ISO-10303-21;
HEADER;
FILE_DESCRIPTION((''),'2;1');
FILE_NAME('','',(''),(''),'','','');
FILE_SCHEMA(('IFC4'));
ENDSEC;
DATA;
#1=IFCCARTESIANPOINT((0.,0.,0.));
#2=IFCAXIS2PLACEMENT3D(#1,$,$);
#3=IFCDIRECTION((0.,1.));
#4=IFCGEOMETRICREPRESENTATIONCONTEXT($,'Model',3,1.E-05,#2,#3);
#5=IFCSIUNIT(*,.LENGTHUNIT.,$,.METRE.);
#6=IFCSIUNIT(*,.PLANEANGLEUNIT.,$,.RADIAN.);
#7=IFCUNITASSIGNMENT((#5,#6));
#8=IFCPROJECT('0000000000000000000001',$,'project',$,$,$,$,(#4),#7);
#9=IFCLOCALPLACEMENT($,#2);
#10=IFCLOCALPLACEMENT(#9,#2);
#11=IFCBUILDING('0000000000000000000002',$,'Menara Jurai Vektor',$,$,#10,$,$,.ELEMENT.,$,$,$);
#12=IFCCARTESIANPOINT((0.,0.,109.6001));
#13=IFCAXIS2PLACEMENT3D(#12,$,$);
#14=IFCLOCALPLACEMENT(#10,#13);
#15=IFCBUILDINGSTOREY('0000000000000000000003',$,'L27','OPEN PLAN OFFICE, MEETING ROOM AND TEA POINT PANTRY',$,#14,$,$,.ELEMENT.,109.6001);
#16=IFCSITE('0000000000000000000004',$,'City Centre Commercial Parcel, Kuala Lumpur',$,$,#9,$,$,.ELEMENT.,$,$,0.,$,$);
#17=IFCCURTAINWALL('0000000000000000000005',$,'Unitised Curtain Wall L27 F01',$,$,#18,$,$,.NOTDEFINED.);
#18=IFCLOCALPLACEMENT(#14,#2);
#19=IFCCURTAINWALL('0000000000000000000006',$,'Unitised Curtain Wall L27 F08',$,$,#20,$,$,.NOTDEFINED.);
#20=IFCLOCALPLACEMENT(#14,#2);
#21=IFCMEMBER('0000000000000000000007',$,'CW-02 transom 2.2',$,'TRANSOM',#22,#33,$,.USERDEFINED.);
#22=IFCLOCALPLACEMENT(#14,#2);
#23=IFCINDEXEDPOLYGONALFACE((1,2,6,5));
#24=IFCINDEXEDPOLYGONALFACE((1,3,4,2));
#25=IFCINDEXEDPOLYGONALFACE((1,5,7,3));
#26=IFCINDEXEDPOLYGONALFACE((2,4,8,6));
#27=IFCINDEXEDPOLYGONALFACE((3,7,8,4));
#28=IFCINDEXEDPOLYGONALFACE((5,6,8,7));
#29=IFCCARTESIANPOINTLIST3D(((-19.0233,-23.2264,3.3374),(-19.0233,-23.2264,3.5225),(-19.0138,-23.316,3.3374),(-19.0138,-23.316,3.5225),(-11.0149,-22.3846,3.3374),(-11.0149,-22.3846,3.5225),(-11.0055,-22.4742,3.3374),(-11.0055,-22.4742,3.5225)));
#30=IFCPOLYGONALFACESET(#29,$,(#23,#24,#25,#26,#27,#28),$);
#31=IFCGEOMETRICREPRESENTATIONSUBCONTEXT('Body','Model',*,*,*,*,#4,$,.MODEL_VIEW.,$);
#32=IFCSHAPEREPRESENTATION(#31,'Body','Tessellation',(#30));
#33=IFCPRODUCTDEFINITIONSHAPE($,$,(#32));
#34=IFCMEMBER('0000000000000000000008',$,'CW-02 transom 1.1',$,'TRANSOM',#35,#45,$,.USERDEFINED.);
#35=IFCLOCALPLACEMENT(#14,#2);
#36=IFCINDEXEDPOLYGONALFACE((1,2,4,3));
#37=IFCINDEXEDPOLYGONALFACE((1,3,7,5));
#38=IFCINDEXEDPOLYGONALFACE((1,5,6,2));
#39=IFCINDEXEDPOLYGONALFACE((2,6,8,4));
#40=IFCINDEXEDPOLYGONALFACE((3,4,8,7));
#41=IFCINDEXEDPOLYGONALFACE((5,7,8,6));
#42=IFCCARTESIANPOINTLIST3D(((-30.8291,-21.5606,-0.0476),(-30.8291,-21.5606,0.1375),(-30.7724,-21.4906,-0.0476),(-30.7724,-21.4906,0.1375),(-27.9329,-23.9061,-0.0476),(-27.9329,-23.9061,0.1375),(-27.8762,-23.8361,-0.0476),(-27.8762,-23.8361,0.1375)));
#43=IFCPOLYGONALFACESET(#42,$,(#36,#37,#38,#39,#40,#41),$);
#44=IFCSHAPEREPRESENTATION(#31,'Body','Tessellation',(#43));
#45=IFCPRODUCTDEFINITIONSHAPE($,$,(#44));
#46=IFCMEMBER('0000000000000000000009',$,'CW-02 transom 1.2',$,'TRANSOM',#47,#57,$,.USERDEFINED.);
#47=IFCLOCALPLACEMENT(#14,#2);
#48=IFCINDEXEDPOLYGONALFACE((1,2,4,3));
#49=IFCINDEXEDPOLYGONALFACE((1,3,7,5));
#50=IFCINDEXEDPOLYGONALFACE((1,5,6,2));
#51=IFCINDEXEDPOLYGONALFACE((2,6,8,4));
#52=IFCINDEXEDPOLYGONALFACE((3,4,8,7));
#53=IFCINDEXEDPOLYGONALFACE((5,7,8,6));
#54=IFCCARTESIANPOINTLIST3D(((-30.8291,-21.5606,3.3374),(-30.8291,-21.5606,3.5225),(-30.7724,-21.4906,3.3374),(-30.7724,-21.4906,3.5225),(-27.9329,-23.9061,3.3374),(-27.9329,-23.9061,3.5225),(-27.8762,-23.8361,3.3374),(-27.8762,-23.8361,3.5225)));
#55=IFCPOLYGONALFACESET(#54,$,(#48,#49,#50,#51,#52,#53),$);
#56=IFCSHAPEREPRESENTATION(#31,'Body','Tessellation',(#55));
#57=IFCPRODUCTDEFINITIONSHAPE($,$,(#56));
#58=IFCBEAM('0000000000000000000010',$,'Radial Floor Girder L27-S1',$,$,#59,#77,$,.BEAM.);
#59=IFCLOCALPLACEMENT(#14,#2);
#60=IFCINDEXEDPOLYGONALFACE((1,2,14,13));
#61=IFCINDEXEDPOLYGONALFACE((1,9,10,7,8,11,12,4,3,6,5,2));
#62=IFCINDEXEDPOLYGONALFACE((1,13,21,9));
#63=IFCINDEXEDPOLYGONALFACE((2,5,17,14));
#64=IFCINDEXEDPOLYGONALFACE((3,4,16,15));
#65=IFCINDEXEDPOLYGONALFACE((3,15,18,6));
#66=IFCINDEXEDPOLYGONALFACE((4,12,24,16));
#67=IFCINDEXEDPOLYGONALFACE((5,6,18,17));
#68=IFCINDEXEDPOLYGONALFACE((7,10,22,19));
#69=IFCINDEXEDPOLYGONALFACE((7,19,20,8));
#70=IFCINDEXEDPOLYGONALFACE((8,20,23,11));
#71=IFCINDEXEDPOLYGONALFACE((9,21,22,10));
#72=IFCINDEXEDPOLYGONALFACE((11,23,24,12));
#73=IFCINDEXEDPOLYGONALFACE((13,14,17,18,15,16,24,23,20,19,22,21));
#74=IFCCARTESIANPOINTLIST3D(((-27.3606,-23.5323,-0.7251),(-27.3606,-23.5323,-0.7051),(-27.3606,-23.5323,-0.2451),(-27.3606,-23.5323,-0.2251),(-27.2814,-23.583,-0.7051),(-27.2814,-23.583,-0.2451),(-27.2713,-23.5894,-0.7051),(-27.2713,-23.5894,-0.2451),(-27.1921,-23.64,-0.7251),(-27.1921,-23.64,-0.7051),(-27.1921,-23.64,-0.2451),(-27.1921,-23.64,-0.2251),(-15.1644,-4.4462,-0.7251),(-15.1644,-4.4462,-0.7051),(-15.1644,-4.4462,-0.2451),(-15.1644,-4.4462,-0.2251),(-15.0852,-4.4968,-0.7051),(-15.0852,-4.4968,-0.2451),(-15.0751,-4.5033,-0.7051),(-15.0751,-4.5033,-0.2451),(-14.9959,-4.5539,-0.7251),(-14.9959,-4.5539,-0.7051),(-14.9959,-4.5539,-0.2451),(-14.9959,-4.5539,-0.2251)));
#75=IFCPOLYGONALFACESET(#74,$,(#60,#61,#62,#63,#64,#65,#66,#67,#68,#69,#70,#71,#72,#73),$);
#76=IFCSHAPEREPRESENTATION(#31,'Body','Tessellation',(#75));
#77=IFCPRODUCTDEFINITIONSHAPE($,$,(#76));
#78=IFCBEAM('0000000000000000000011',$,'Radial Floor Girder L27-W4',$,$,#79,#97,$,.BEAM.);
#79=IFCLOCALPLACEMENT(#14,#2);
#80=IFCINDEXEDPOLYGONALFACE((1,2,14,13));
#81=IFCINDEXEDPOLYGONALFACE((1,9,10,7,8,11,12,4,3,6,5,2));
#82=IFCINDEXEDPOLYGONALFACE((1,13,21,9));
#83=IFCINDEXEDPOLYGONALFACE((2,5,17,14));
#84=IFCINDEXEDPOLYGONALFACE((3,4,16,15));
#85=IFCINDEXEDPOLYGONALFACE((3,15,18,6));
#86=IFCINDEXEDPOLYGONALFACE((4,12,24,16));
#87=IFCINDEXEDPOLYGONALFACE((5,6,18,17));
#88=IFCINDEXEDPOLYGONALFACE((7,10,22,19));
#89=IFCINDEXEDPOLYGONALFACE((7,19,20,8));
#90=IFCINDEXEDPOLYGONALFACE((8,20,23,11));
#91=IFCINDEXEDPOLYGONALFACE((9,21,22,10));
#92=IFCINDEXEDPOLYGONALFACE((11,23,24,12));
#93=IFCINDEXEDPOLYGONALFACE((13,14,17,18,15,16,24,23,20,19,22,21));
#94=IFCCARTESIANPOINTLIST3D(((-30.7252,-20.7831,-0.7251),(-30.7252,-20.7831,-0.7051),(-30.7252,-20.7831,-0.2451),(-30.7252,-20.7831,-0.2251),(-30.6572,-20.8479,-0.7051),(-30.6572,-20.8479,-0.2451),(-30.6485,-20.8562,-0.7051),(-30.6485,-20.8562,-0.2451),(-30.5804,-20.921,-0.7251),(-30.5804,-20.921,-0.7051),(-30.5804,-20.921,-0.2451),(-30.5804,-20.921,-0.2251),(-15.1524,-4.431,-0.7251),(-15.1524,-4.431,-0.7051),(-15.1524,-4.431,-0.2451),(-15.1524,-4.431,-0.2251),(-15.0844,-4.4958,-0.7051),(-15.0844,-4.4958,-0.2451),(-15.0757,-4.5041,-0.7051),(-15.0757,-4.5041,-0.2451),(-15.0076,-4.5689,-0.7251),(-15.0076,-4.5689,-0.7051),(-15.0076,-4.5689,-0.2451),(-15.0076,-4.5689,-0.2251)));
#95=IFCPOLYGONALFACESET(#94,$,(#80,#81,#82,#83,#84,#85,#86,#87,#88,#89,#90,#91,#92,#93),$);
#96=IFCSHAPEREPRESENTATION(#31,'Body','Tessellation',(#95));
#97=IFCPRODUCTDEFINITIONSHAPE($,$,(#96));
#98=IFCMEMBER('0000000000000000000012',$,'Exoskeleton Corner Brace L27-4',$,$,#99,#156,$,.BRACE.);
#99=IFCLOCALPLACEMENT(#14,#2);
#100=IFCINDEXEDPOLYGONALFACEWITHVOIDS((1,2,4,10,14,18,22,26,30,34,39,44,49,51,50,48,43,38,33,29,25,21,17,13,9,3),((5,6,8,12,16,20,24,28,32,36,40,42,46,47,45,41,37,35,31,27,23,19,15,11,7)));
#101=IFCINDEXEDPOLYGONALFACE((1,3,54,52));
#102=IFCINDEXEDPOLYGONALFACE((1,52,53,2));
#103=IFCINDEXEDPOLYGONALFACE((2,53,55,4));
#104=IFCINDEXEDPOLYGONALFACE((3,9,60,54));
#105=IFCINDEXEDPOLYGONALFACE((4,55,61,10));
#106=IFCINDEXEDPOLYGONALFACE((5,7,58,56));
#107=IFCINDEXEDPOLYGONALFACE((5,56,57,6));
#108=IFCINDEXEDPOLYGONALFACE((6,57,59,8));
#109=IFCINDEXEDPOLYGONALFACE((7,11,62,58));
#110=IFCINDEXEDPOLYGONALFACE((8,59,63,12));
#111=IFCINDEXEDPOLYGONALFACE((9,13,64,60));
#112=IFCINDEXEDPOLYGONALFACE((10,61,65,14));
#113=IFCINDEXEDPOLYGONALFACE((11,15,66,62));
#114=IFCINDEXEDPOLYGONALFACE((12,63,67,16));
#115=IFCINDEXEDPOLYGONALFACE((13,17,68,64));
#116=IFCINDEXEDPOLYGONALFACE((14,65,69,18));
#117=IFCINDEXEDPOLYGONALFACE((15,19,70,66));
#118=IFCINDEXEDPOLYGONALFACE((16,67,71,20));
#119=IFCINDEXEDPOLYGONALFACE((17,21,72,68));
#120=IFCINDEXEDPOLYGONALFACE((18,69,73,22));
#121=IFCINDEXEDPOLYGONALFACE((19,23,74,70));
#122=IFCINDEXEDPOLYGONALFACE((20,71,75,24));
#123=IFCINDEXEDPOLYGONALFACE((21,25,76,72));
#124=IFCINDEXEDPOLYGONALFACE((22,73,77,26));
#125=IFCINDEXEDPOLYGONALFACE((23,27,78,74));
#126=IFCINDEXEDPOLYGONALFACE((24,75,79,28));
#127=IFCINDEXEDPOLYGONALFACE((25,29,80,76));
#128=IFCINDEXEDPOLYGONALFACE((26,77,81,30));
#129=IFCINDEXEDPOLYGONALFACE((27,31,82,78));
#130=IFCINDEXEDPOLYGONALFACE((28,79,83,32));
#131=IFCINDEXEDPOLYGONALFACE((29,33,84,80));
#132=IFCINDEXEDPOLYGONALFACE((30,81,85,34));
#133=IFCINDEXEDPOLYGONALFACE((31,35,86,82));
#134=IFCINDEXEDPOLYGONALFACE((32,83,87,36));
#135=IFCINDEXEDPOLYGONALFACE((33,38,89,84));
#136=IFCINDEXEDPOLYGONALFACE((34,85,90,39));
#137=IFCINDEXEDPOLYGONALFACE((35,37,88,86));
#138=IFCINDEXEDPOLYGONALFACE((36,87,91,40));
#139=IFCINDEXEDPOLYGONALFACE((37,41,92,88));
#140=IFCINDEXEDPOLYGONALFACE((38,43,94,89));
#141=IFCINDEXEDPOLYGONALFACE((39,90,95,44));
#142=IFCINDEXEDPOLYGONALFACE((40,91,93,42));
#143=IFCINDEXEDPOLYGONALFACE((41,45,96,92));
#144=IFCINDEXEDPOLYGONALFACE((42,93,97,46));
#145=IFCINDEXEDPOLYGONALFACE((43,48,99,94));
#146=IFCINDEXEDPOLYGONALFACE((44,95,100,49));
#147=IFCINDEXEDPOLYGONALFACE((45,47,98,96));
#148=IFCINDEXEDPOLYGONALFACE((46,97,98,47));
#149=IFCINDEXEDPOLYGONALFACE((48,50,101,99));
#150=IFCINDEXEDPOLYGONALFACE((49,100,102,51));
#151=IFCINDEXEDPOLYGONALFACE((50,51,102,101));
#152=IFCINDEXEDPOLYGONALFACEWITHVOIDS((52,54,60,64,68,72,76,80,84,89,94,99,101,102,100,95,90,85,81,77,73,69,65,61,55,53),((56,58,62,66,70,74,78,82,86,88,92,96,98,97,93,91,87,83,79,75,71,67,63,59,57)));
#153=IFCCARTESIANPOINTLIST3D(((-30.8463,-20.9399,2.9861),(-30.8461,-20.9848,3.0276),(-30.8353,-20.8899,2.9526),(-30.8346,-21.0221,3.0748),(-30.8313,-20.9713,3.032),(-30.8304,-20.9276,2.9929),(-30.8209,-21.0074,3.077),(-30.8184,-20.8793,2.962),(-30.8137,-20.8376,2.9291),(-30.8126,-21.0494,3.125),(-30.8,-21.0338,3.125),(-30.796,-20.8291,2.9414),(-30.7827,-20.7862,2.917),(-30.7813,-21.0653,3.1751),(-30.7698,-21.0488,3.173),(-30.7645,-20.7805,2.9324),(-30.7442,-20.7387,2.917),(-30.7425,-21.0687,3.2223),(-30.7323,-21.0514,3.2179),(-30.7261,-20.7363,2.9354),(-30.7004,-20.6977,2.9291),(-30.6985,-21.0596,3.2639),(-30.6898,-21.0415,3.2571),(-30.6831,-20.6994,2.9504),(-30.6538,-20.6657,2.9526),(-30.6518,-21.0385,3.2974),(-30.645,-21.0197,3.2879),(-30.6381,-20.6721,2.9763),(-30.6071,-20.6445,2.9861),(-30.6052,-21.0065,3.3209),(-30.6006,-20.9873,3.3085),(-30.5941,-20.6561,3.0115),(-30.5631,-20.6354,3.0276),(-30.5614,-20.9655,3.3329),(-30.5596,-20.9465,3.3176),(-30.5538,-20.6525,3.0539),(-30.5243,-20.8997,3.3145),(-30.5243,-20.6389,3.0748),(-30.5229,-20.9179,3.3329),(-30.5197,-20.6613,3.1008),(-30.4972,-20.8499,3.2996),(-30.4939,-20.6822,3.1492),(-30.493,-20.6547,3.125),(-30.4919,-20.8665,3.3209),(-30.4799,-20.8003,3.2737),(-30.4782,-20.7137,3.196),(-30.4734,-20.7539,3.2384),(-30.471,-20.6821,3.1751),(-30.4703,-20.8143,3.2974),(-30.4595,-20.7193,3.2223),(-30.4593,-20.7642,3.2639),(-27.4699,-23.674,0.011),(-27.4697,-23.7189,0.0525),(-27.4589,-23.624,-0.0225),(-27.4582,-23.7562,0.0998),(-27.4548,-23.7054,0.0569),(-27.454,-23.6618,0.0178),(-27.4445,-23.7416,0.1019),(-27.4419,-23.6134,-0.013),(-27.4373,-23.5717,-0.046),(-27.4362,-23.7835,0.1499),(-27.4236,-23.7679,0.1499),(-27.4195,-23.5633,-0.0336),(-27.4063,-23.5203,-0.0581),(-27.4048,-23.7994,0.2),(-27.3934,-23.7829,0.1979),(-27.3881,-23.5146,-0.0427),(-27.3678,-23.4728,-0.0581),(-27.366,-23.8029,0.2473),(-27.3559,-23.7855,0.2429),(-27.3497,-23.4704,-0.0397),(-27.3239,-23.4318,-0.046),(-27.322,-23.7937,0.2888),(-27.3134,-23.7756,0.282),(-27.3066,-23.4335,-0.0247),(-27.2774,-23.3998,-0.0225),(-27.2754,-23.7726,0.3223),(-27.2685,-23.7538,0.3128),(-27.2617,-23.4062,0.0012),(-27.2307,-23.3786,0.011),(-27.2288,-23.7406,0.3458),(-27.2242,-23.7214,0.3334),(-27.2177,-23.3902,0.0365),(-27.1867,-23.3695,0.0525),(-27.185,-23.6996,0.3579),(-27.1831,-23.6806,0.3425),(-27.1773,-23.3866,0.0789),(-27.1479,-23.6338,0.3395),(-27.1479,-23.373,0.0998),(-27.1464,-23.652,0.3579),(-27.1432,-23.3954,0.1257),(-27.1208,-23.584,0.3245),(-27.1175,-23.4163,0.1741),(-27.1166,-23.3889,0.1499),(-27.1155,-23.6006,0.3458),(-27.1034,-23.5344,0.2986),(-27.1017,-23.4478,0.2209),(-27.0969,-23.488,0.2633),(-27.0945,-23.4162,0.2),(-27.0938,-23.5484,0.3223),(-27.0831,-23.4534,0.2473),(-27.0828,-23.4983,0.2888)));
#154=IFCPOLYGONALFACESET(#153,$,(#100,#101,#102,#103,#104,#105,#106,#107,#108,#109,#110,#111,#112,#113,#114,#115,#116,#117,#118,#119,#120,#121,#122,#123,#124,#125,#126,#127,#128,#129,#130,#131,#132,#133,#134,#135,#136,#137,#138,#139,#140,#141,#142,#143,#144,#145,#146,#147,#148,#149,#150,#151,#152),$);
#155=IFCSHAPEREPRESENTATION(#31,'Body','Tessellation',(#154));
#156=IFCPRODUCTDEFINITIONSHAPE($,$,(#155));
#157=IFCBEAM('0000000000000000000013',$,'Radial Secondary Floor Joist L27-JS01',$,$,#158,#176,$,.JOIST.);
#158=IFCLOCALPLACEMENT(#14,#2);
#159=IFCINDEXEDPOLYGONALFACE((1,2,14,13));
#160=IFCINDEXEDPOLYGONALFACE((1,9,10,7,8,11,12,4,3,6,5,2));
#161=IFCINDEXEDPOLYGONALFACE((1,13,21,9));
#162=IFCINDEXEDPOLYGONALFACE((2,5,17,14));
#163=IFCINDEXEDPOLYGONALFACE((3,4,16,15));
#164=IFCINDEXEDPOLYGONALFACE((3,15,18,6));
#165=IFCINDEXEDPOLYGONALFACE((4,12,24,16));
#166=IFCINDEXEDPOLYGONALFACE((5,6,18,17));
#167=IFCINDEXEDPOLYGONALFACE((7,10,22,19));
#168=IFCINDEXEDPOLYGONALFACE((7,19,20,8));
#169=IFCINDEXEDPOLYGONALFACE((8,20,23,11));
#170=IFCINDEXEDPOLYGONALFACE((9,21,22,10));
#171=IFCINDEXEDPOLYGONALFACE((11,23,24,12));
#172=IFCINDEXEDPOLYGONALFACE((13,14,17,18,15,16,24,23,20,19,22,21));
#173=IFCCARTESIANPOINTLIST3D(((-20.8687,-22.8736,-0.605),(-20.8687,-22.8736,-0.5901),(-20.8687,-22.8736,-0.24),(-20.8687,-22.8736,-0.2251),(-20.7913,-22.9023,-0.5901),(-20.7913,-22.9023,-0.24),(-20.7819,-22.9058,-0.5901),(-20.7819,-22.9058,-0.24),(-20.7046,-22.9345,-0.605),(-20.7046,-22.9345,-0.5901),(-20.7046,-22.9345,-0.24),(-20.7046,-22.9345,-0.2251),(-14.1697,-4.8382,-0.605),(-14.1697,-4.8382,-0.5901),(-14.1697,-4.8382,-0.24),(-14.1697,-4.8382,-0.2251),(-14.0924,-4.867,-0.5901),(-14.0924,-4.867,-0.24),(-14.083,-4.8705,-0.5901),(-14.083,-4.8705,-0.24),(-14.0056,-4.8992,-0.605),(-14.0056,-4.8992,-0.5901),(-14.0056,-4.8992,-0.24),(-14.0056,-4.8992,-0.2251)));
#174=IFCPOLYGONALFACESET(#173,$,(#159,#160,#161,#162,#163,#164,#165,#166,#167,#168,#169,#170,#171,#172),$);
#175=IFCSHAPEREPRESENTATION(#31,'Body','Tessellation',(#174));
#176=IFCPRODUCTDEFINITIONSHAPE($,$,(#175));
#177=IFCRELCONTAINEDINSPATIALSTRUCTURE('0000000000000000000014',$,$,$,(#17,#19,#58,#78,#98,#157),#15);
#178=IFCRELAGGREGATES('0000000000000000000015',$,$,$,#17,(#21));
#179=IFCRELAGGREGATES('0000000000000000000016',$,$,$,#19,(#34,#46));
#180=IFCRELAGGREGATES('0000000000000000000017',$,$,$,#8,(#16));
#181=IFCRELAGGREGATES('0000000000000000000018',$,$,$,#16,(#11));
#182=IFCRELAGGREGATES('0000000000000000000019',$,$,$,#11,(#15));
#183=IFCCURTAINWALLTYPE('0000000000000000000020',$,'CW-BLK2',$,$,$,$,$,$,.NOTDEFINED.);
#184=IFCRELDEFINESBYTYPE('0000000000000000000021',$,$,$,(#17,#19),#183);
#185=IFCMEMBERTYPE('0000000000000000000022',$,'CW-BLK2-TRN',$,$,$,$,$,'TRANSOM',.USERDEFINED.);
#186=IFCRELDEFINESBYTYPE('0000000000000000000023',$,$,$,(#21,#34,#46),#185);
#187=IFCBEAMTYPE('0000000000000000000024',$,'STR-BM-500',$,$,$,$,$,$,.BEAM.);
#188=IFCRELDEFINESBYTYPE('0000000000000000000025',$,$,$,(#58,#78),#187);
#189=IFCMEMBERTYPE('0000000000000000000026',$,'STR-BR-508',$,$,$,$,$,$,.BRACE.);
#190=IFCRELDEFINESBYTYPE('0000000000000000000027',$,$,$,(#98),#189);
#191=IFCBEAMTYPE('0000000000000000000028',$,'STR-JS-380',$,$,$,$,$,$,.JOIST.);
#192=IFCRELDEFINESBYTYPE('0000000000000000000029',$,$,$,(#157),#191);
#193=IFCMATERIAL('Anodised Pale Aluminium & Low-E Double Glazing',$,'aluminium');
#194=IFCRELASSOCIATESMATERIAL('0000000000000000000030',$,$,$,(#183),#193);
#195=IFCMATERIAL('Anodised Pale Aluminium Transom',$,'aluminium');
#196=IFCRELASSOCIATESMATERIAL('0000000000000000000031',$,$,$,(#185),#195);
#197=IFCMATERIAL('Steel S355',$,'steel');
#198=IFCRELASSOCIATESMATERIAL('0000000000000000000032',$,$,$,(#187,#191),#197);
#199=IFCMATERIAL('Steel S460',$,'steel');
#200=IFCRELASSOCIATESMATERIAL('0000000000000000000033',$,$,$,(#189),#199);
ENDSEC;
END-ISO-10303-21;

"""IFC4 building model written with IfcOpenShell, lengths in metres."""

from ifc_helpers import new_model, si_unit, direction, frame, origin, origin_2d, place, context, subcontext, project, spatial, rectangle, hollow_circle, i_section, extrude, material, material_profile, profile_set, type_object, element, aggregate, save


model = new_model("IFC4")

# Units and contexts
model_context = context("Model", 3, precision=1e-05, world=origin(), true_north=direction((0.0, 1.0)))
body_context = subcontext(model_context, "Body", "Model", "MODEL_VIEW")
ifc_project = project(units=[si_unit("LENGTHUNIT", "METRE"), si_unit("PLANEANGLEUNIT", "RADIAN")], contexts=[model_context])

# Site, building, storey
site_placement = place(None, origin())
site = spatial("IfcSite", under=ifc_project, at=site_placement, Name="City Centre Commercial Parcel, Kuala Lumpur", CompositionType="ELEMENT", RefElevation=0.0)
building_placement = place(site_placement, origin())
building = spatial("IfcBuilding", under=site, at=building_placement, Name="Menara Jurai Vektor", CompositionType="ELEMENT")
storey_placement = place(building_placement, frame((0.0, 0.0, 109.6001)))
storey = spatial("IfcBuildingStorey", under=building, at=storey_placement, Name="L27", Description="OPEN PLAN OFFICE, MEETING ROOM AND TEA POINT PANTRY", CompositionType="ELEMENT", Elevation=109.6001)

# Shared definitions
ifc_material_1 = material(Name="Steel S460", Category="steel")

# Curtain walls
ifc_material_2 = material(Name="Anodised Pale Aluminium & Low-E Double Glazing", Category="aluminium")
curtain_wall_type = type_object("IfcCurtainWallType", Name="CW-BLK2", PredefinedType="NOTDEFINED", material=ifc_material_2)
curtain_wall_1_placement = place(storey_placement, origin())
curtain_wall_1 = element("IfcCurtainWall", 1, at=curtain_wall_1_placement, inside=storey, type_object=curtain_wall_type, Name="Unitised Curtain Wall L27 F01", PredefinedType="NOTDEFINED")
curtain_wall_2_placement = place(storey_placement, origin())
curtain_wall_2 = element("IfcCurtainWall", 2, at=curtain_wall_2_placement, inside=storey, type_object=curtain_wall_type, Name="Unitised Curtain Wall L27 F08", PredefinedType="NOTDEFINED")

# Members
ifc_material_3 = material(Name="Anodised Pale Aluminium Transom", Category="aluminium")
ifc_material_profile_1 = material_profile(ifc_material_3, rectangle(XDim=0.0901, YDim=0.1851, at=origin_2d()), Name="ALU TRN 90x185")
ifc_profile_set_1 = profile_set([ifc_material_profile_1], Name="Anodised Pale Aluminium Transom")
member_type_1 = type_object("IfcMemberType", Name="CW-BLK2-TRN", ElementType="TRANSOM", PredefinedType="USERDEFINED", material=ifc_profile_set_1)
member_1_placement = place(storey_placement, frame((-19.0186, -23.2712, 3.4299), z_axis=(0.994521, 0.10454, 0.0), x_axis=(-0.10454, 0.994521, 0.0)))
member_1 = element("IfcMember", 3, at=member_1_placement, type_object=member_type_1, Name="CW-02 transom 2.2", ObjectType="TRANSOM", PredefinedType="USERDEFINED", context=body_context, shape_type="SweptSolid", body=[
    extrude(rectangle(XDim=0.0901, YDim=0.1851, at=origin_2d()), origin(), (0.0, 0.0, 1.0), 8.0525),
])
member_2_placement = place(storey_placement, frame((-30.8008, -21.5256, 0.0449), z_axis=(0.777129, -0.629341, 0.0), x_axis=(0.629341, 0.777129, 0.0)))
member_2 = element("IfcMember", 4, at=member_2_placement, type_object=member_type_1, Name="CW-02 transom 1.1", ObjectType="TRANSOM", PredefinedType="USERDEFINED", context=body_context, shape_type="SweptSolid", body=[
    extrude(rectangle(XDim=0.0901, YDim=0.1851, at=origin_2d()), origin(), (0.0, 0.0, 1.0), 3.7268),
])
member_3_placement = place(storey_placement, frame((-30.8008, -21.5256, 3.4299), z_axis=(0.777129, -0.629341, 0.0), x_axis=(0.629341, 0.777129, 0.0)))
member_3 = element("IfcMember", 5, at=member_3_placement, type_object=member_type_1, Name="CW-02 transom 1.2", ObjectType="TRANSOM", PredefinedType="USERDEFINED", context=body_context, shape_type="SweptSolid", body=[
    extrude(rectangle(XDim=0.0901, YDim=0.1851, at=origin_2d()), origin(), (0.0, 0.0, 1.0), 3.7268),
])

# Beams
ifc_material_4 = material(Name="Steel S355", Category="steel")
ifc_material_profile_2 = material_profile(ifc_material_4, i_section(OverallWidth=0.2, OverallDepth=0.5, WebThickness=0.012, FlangeThickness=0.02, at=origin_2d()), Name="PG 500x200x96")
ifc_profile_set_2 = profile_set([ifc_material_profile_2], Name="Steel S355")
beam_type_1 = type_object("IfcBeamType", Name="STR-BM-500", PredefinedType="BEAM", material=ifc_profile_set_2)
beam_1_placement = place(storey_placement, frame((-27.2764, -23.5862, -0.4751), z_axis=(0.538463, 0.842649, 0.0), x_axis=(-0.842649, 0.538463, 0.0)))
element("IfcBeam", 6, at=beam_1_placement, inside=storey, type_object=beam_type_1, Name="Radial Floor Girder L27-S1", PredefinedType="BEAM", context=body_context, shape_type="SweptSolid", body=[
    extrude(i_section(OverallWidth=0.2, OverallDepth=0.5, WebThickness=0.012, FlangeThickness=0.02, at=origin_2d()), origin(), (0.0, 0.0, 1.0), 22.6501),
])
beam_2_placement = place(storey_placement, frame((-30.6528, -20.8521, -0.4751), z_axis=(0.689641, 0.724152, 0.0), x_axis=(-0.724152, 0.689641, 0.0)))
element("IfcBeam", 7, at=beam_2_placement, inside=storey, type_object=beam_type_1, Name="Radial Floor Girder L27-W4", PredefinedType="BEAM", context=body_context, shape_type="SweptSolid", body=[
    extrude(i_section(OverallWidth=0.2, OverallDepth=0.5, WebThickness=0.012, FlangeThickness=0.02, at=origin_2d()), origin(), (0.0, 0.0, 1.0), 22.5811),
])

# Member
ifc_material_profile_3 = material_profile(ifc_material_1, hollow_circle(Radius=0.2539, WallThickness=0.02, at=origin_2d()), Name="CHS 508x20")
ifc_profile_set_3 = profile_set([ifc_material_profile_3], Name="Steel S460")
member_type_2 = type_object("IfcMemberType", Name="STR-BR-508", PredefinedType="BRACE", material=ifc_profile_set_3)
member_4_placement = place(storey_placement, frame((-27.2764, -23.5862, 0.1499), z_axis=(-0.641223, 0.519238, 0.565), x_axis=(-0.62931, -0.777155, 0.0)))
element("IfcMember", 8, at=member_4_placement, inside=storey, type_object=member_type_2, Name="Exoskeleton Corner Brace L27-4", PredefinedType="BRACE", context=body_context, shape_type="SweptSolid", body=[
    extrude(hollow_circle(Radius=0.2539, WallThickness=0.02, at=origin_2d()), origin(), (0.0, 0.0, 1.0), 5.2656),
])

# Beam
ifc_material_profile_4 = material_profile(ifc_material_4, i_section(OverallWidth=0.175, OverallDepth=0.3799, WebThickness=0.01, FlangeThickness=0.0149, at=origin_2d()), Name="PG 380x175x58")
ifc_profile_set_4 = profile_set([ifc_material_profile_4], Name="Steel S355")
beam_type_2 = type_object("IfcBeamType", Name="STR-JS-380", PredefinedType="JOIST", material=ifc_profile_set_4)
beam_3_placement = place(storey_placement, frame((-20.7866, -22.9041, -0.415), z_axis=(0.348192, 0.937423, 0.0), x_axis=(-0.937423, 0.348192, 0.0)))
element("IfcBeam", 9, at=beam_3_placement, inside=storey, type_object=beam_type_2, Name="Radial Secondary Floor Joist L27-JS01", PredefinedType="JOIST", context=body_context, shape_type="SweptSolid", body=[
    extrude(i_section(OverallWidth=0.175, OverallDepth=0.3799, WebThickness=0.01, FlangeThickness=0.0149, at=origin_2d()), origin(), (0.0, 0.0, 1.0), 19.2393),
])

aggregate(curtain_wall_1, [member_1])
aggregate(curtain_wall_2, [member_2, member_3])

save(model, "model.ifc")
